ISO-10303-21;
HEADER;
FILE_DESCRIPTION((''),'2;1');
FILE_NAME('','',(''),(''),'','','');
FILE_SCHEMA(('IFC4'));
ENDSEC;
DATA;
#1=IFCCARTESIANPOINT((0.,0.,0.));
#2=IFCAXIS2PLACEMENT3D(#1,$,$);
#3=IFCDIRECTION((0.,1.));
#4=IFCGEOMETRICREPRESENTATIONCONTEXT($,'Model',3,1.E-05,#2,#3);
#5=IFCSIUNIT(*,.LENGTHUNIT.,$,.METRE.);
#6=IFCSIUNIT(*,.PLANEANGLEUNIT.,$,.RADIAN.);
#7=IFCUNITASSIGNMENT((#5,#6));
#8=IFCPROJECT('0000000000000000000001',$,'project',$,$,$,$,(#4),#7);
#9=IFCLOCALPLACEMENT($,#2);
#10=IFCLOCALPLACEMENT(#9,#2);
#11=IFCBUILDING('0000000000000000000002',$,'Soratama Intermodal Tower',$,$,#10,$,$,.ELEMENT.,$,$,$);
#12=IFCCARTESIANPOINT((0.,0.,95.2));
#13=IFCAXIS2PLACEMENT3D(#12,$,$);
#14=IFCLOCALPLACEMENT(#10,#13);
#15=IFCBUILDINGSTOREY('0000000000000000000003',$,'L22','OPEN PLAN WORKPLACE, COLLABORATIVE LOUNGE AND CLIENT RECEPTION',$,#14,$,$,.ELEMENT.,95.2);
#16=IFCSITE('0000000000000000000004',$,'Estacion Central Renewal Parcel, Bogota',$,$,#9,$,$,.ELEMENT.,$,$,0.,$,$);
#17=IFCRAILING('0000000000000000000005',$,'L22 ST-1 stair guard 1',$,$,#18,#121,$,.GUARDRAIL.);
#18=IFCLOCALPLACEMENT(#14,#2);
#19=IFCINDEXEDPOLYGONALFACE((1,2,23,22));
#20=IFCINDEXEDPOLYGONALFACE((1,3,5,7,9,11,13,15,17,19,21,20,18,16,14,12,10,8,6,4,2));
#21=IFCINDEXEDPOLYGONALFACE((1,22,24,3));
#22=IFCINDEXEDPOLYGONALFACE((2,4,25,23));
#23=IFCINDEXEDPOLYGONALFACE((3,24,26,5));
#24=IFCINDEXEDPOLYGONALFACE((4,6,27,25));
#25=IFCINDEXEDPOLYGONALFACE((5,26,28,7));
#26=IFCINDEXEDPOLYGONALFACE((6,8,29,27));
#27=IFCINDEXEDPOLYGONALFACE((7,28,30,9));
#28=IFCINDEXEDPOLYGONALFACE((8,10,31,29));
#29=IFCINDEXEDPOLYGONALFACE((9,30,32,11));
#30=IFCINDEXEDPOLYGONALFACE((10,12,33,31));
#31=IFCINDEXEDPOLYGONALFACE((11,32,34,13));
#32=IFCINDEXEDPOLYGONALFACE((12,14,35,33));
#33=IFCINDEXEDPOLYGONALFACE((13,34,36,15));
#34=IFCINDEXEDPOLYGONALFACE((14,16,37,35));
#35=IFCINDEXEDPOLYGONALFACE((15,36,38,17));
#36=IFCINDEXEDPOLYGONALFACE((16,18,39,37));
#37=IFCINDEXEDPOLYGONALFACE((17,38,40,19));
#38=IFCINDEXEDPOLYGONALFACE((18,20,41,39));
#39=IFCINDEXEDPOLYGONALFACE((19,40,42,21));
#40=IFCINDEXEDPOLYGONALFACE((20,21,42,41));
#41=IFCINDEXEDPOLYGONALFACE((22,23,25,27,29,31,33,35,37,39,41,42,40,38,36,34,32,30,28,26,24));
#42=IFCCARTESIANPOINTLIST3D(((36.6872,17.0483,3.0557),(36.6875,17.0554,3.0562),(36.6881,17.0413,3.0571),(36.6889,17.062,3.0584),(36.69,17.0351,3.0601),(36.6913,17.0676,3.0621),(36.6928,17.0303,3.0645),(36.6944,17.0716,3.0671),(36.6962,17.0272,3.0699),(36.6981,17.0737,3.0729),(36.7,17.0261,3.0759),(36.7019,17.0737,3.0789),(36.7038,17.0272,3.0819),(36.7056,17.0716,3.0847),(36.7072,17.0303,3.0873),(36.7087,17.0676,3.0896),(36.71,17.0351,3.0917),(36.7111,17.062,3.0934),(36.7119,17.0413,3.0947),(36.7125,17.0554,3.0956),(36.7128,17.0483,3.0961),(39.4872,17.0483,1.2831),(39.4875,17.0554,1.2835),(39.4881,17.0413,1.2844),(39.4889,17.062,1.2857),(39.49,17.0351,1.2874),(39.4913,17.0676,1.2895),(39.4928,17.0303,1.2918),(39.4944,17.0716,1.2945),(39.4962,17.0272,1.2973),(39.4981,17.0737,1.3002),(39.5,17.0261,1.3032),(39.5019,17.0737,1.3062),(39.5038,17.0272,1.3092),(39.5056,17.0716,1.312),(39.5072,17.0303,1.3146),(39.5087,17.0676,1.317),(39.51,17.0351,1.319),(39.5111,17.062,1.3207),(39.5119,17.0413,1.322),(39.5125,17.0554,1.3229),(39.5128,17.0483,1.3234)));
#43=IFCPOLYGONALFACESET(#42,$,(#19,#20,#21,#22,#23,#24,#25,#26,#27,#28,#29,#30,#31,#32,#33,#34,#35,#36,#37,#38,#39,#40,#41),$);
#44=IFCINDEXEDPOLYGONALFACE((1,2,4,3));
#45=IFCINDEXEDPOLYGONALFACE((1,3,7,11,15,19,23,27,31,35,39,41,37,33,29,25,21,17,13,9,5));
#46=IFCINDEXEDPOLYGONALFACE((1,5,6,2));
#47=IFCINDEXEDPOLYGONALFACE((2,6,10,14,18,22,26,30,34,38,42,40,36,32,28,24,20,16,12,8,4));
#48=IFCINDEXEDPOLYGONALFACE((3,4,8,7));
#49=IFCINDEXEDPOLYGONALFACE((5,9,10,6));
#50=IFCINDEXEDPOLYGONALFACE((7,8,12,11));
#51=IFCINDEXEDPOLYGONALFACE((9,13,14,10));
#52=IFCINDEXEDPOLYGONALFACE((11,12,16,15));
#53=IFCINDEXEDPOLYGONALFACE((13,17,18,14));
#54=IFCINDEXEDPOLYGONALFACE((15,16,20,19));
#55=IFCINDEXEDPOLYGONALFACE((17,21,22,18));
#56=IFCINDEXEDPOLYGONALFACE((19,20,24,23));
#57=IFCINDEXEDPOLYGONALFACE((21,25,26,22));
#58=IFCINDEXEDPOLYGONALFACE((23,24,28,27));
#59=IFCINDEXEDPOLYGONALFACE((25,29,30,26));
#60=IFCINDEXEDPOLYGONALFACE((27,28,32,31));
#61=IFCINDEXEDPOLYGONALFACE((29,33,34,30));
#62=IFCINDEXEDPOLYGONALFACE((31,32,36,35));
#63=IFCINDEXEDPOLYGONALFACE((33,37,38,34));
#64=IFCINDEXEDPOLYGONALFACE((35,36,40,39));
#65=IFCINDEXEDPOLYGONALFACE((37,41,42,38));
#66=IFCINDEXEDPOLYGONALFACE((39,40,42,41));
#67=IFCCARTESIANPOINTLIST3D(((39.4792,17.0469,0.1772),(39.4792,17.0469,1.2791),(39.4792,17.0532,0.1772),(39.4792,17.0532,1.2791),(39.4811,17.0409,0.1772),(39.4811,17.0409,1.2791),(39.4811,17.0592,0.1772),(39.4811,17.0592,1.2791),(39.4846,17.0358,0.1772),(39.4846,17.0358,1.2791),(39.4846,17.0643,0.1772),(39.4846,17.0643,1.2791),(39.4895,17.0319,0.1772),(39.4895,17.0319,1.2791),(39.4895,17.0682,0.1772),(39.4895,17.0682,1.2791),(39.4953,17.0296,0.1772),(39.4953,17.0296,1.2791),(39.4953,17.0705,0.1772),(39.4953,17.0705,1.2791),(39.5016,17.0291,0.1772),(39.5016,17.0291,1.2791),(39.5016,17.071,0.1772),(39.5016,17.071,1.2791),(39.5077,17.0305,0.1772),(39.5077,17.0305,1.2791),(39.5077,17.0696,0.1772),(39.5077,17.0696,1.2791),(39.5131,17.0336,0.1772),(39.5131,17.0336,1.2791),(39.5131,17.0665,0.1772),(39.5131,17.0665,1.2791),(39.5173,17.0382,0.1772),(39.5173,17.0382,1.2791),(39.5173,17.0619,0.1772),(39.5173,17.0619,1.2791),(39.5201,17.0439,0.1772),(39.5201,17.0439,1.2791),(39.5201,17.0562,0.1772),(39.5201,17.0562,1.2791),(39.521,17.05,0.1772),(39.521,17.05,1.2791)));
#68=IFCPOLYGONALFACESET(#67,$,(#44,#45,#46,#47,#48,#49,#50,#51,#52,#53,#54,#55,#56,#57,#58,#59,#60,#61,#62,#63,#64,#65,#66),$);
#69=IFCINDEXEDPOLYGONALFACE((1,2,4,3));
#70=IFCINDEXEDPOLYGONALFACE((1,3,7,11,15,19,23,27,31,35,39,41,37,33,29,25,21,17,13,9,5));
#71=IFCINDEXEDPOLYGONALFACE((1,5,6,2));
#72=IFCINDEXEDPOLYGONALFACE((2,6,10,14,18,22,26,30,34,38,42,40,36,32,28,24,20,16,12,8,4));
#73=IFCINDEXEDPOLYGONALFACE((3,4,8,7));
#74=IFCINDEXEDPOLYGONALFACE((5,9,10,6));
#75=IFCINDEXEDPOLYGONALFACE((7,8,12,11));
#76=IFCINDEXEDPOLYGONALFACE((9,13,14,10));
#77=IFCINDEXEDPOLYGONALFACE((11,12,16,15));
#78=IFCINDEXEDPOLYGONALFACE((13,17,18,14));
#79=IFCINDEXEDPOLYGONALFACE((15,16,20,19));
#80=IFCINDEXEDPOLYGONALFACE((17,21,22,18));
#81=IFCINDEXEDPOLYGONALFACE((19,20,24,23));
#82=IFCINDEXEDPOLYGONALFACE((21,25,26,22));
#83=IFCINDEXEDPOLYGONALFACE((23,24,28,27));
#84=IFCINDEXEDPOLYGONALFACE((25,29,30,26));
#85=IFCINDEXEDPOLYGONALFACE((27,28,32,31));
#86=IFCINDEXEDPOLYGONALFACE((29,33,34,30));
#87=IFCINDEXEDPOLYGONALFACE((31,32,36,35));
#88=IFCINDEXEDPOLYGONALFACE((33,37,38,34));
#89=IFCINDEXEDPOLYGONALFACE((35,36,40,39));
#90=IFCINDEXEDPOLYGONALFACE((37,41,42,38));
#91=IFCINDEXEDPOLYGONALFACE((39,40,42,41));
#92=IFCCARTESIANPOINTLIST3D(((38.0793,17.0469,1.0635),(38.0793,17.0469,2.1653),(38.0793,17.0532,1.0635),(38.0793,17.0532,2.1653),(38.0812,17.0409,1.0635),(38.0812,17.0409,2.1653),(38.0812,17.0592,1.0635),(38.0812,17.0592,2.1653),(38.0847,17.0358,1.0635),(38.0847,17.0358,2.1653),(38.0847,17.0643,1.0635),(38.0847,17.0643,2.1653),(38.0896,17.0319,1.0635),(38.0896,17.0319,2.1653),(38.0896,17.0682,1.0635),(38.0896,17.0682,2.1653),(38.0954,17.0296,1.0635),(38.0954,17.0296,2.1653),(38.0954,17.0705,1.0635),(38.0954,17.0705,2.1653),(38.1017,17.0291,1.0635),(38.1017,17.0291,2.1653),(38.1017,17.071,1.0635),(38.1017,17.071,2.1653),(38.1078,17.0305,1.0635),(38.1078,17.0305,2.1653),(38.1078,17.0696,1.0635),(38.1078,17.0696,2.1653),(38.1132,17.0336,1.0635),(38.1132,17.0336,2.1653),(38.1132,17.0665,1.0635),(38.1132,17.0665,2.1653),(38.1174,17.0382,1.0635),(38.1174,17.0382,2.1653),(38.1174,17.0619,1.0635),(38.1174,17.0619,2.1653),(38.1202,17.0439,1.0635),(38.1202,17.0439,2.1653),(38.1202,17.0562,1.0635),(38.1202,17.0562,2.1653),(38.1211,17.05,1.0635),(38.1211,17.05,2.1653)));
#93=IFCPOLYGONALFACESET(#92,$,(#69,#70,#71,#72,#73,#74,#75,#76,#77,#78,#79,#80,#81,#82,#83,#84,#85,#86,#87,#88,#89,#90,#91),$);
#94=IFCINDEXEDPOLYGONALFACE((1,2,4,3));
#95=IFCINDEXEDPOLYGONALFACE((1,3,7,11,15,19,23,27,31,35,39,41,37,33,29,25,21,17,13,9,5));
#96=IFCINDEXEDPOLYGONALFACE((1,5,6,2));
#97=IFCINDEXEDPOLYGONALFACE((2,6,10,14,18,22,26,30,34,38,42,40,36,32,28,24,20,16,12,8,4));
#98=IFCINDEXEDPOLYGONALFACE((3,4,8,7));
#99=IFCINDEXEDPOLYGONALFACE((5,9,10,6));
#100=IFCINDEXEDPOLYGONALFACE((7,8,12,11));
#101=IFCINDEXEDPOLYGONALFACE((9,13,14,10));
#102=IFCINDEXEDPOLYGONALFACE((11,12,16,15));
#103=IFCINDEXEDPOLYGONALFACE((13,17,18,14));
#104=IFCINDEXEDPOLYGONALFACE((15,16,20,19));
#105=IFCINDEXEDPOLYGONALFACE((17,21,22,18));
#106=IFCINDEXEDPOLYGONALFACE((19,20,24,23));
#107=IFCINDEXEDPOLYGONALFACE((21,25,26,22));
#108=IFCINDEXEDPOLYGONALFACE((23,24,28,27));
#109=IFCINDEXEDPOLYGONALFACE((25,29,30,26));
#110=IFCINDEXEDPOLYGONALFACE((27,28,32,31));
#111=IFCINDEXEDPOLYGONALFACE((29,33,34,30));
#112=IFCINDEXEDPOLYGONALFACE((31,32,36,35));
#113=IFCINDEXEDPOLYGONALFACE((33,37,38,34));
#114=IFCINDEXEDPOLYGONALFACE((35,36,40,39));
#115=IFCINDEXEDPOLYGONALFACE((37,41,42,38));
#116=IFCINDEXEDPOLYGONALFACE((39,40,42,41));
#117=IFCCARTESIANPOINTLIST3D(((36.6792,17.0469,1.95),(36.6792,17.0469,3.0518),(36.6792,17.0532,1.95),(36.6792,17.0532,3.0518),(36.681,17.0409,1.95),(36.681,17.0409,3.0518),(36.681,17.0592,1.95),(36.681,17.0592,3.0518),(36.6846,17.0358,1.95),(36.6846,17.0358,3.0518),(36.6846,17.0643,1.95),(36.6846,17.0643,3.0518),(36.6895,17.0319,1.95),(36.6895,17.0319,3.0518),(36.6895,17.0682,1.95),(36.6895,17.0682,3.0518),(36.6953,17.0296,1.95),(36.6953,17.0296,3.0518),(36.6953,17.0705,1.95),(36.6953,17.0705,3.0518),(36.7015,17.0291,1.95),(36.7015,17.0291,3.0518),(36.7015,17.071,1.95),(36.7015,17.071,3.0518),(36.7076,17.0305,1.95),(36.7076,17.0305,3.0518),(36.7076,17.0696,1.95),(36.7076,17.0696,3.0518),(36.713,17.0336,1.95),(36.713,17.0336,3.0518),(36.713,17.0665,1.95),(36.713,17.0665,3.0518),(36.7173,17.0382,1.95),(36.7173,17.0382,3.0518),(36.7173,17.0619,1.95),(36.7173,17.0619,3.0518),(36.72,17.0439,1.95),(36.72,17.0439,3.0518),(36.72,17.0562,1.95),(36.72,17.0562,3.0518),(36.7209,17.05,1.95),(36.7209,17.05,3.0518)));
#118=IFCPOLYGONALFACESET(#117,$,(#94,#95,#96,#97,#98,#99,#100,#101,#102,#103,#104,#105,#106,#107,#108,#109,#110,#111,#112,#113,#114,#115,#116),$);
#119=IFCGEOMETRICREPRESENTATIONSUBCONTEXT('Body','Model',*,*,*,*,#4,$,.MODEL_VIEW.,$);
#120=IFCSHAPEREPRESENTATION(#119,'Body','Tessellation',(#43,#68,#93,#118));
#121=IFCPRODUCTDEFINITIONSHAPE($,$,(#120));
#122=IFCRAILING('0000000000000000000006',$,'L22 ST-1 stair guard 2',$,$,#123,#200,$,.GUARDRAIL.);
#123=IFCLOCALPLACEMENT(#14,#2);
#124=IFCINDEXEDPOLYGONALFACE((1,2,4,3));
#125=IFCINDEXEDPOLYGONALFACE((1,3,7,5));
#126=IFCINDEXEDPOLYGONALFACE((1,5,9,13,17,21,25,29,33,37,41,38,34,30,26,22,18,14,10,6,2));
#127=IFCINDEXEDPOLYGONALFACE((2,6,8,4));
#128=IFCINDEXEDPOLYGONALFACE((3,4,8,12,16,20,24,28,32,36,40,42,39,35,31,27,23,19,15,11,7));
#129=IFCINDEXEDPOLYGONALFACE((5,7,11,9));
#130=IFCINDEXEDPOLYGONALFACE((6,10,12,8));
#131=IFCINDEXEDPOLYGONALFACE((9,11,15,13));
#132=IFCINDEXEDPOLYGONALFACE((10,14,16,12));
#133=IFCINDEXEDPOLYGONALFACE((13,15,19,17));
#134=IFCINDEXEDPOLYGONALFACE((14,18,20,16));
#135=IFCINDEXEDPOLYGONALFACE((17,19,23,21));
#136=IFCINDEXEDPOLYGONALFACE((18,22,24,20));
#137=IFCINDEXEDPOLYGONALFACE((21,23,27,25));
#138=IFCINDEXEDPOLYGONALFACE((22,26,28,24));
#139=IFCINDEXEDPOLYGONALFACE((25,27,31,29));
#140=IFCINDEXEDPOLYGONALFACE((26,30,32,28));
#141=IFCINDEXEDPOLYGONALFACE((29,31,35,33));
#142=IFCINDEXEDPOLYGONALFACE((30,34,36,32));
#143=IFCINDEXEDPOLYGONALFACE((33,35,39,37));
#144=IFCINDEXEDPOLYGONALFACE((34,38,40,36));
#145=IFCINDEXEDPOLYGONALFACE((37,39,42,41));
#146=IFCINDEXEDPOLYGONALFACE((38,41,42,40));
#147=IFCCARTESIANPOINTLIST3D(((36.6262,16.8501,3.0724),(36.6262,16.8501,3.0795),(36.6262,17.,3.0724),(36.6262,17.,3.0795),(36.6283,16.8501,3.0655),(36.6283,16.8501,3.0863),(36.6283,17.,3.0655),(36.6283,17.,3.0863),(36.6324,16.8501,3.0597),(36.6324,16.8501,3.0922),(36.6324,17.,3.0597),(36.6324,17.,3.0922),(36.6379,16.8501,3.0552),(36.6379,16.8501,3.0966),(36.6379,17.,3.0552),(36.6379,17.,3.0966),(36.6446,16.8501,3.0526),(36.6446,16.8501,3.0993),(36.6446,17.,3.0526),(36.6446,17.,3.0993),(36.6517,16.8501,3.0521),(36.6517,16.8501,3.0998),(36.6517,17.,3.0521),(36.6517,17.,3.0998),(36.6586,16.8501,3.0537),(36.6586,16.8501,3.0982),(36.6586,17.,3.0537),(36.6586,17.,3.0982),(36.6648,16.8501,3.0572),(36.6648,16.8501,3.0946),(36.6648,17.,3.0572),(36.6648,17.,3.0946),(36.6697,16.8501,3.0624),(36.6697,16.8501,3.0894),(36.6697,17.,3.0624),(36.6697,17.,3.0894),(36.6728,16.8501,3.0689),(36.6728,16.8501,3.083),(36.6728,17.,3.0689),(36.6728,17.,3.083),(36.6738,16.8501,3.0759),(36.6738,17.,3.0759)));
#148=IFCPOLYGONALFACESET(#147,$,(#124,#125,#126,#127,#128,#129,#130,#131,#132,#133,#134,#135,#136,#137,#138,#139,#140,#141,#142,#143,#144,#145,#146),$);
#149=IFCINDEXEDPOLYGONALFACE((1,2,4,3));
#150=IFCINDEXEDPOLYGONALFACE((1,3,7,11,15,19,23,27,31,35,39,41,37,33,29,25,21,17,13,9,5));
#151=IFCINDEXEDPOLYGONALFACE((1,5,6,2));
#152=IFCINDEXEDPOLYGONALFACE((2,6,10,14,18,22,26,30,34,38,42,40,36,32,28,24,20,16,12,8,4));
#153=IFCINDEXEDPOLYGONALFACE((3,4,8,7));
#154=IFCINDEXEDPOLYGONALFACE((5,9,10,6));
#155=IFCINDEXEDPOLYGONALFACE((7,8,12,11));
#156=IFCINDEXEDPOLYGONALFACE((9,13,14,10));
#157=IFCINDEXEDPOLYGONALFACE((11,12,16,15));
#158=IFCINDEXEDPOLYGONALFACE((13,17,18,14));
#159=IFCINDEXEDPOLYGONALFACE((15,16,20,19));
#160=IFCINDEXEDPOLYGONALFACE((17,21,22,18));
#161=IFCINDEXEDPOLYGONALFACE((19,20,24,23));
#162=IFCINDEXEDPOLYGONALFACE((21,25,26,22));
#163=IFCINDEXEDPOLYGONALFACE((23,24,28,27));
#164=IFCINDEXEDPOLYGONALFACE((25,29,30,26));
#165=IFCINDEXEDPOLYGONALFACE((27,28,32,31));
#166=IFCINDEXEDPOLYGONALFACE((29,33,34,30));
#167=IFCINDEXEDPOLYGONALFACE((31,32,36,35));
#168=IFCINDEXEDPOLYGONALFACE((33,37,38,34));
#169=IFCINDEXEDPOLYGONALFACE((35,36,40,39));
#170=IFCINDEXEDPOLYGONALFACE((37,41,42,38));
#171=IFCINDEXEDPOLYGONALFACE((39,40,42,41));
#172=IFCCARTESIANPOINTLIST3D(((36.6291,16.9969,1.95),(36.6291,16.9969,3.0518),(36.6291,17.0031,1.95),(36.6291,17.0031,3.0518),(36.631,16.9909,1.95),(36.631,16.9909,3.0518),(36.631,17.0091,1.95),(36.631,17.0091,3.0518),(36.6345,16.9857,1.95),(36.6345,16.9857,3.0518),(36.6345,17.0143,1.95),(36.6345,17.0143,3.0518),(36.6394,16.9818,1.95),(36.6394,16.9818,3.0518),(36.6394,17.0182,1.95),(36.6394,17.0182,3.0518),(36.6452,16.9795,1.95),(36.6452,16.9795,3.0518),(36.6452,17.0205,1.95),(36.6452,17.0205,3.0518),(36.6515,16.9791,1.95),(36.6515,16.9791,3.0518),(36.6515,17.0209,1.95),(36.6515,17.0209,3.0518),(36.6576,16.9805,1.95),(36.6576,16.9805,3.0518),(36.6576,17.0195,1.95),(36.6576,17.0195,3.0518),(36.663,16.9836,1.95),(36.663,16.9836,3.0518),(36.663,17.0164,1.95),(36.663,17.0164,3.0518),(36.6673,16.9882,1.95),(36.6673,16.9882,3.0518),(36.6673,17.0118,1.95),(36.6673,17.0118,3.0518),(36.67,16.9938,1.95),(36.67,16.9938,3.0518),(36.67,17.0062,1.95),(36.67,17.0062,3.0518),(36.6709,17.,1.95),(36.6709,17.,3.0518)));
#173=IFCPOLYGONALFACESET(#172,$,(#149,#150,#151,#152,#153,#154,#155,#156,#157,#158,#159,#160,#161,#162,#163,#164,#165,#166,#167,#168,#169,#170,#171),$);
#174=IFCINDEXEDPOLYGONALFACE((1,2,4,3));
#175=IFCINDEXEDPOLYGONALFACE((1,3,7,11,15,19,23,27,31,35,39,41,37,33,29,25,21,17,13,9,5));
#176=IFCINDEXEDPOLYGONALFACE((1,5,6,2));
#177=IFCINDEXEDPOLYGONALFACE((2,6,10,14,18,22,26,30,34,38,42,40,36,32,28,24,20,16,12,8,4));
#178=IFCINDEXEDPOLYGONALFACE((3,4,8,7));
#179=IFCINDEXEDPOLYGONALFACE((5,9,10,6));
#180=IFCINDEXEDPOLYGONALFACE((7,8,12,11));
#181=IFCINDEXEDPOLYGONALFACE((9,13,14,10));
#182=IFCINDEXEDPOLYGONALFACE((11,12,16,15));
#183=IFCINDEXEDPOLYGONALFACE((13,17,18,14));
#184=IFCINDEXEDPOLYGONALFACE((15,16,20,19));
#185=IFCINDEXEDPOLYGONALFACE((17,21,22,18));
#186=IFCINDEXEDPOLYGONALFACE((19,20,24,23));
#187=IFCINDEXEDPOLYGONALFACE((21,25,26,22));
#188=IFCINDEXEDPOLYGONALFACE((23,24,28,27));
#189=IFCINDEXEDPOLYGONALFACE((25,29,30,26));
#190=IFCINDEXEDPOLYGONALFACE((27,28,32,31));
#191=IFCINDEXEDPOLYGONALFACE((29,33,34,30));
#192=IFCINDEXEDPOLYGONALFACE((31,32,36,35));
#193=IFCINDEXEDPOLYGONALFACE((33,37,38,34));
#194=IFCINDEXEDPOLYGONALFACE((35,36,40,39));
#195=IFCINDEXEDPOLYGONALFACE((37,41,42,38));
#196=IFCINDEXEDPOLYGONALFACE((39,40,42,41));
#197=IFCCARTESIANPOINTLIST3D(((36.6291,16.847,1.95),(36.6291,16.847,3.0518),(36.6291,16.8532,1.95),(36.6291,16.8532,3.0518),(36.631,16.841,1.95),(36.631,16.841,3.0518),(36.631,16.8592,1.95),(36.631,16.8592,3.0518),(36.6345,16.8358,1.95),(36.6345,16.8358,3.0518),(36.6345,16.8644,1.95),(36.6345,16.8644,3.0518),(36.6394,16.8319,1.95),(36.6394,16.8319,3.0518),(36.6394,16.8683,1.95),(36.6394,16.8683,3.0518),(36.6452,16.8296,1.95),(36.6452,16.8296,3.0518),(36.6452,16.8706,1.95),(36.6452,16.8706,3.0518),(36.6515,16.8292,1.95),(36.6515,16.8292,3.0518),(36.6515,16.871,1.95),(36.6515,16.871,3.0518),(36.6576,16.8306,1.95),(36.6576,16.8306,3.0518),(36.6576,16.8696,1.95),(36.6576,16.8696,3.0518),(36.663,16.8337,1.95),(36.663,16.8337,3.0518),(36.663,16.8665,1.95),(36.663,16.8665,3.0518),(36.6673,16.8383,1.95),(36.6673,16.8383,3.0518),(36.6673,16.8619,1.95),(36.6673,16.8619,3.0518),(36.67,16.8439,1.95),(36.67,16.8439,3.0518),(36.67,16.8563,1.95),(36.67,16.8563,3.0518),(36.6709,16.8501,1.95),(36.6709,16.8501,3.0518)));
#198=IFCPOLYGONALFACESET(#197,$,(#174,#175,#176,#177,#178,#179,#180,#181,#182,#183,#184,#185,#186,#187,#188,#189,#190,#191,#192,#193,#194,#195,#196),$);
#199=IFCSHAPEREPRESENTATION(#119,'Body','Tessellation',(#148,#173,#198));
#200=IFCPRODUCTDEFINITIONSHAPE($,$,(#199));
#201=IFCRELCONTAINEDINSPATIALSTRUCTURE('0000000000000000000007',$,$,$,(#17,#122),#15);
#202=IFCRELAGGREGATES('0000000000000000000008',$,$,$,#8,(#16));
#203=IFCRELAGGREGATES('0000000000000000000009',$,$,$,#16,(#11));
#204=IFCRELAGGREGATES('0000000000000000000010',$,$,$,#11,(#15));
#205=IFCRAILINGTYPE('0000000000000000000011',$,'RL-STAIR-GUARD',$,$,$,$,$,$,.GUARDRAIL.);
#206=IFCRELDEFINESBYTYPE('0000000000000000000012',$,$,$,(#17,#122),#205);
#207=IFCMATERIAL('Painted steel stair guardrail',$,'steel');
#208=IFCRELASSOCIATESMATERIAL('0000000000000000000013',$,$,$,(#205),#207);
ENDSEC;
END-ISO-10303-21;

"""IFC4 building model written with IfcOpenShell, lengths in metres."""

from ifc_helpers import new_model, si_unit, direction, frame, origin, origin_2d, place, context, subcontext, project, spatial, circle, extrude, material, type_object, element, save


model = new_model("IFC4")

# Units and contexts
model_context = context("Model", 3, precision=1e-05, world=origin(), true_north=direction((0.0, 1.0)))
body_context = subcontext(model_context, "Body", "Model", "MODEL_VIEW")
ifc_project = project(units=[si_unit("LENGTHUNIT", "METRE"), si_unit("PLANEANGLEUNIT", "RADIAN")], contexts=[model_context])

# Site, building, storey
site_placement = place(None, origin())
site = spatial("IfcSite", under=ifc_project, at=site_placement, Name="Estacion Central Renewal Parcel, Bogota", CompositionType="ELEMENT", RefElevation=0.0)
building_placement = place(site_placement, origin())
building = spatial("IfcBuilding", under=site, at=building_placement, Name="Soratama Intermodal Tower", CompositionType="ELEMENT")
storey_placement = place(building_placement, frame((0.0, 0.0, 95.2)))
storey = spatial("IfcBuildingStorey", under=building, at=storey_placement, Name="L22", Description="OPEN PLAN WORKPLACE, COLLABORATIVE LOUNGE AND CLIENT RECEPTION", CompositionType="ELEMENT", Elevation=95.2)

# Railings
ifc_material_1 = material(Name="Painted steel stair guardrail", Category="steel")
railing_type_1 = type_object("IfcRailingType", Name="RL-STAIR-GUARD", PredefinedType="GUARDRAIL", material=ifc_material_1)
railing_1_placement = place(storey_placement, frame((39.5, 17.05, 0.1772)))
element("IfcRailing", 1, at=railing_1_placement, inside=storey, type_object=railing_type_1, Name="L22 ST-1 stair guard 1", PredefinedType="GUARDRAIL", context=body_context, shape_type="SweptSolid", body=[
    extrude(circle(Radius=0.0239, at=origin_2d()), frame((0.0, 0.0, 1.126), z_axis=(-0.844909, 0.0, 0.53491), x_axis=(0.0, -1.0, 0.0)), (0.0, 0.0, 1.0), 3.314),
    extrude(circle(Radius=0.021, at=origin_2d()), origin(), (0.0, 0.0, 1.0), 1.1018),
    extrude(circle(Radius=0.021, at=origin_2d()), frame((-1.3999, 0.0, 0.8862)), (0.0, 0.0, 1.0), 1.1018),
    extrude(circle(Radius=0.021, at=origin_2d()), frame((-2.8, 0.0, 1.7727)), (0.0, 0.0, 1.0), 1.1018),
])
railing_2_placement = place(storey_placement, frame((36.6499, 17.0, 1.95)))
element("IfcRailing", 2, at=railing_2_placement, inside=storey, type_object=railing_type_1, Name="L22 ST-1 stair guard 2", PredefinedType="GUARDRAIL", context=body_context, shape_type="SweptSolid", body=[
    extrude(circle(Radius=0.0239, at=origin_2d()), frame((0.0, 0.0, 1.126), z_axis=(0.0, -1.0, 0.0), x_axis=(1.0, 0.0, 0.0)), (0.0, 0.0, 1.0), 0.1499),
    extrude(circle(Radius=0.021, at=origin_2d()), origin(), (0.0, 0.0, 1.0), 1.1018),
    extrude(circle(Radius=0.021, at=origin_2d()), frame((0.0, -0.1499, 0.0)), (0.0, 0.0, 1.0), 1.1018),
])

save(model, "model.ifc")
